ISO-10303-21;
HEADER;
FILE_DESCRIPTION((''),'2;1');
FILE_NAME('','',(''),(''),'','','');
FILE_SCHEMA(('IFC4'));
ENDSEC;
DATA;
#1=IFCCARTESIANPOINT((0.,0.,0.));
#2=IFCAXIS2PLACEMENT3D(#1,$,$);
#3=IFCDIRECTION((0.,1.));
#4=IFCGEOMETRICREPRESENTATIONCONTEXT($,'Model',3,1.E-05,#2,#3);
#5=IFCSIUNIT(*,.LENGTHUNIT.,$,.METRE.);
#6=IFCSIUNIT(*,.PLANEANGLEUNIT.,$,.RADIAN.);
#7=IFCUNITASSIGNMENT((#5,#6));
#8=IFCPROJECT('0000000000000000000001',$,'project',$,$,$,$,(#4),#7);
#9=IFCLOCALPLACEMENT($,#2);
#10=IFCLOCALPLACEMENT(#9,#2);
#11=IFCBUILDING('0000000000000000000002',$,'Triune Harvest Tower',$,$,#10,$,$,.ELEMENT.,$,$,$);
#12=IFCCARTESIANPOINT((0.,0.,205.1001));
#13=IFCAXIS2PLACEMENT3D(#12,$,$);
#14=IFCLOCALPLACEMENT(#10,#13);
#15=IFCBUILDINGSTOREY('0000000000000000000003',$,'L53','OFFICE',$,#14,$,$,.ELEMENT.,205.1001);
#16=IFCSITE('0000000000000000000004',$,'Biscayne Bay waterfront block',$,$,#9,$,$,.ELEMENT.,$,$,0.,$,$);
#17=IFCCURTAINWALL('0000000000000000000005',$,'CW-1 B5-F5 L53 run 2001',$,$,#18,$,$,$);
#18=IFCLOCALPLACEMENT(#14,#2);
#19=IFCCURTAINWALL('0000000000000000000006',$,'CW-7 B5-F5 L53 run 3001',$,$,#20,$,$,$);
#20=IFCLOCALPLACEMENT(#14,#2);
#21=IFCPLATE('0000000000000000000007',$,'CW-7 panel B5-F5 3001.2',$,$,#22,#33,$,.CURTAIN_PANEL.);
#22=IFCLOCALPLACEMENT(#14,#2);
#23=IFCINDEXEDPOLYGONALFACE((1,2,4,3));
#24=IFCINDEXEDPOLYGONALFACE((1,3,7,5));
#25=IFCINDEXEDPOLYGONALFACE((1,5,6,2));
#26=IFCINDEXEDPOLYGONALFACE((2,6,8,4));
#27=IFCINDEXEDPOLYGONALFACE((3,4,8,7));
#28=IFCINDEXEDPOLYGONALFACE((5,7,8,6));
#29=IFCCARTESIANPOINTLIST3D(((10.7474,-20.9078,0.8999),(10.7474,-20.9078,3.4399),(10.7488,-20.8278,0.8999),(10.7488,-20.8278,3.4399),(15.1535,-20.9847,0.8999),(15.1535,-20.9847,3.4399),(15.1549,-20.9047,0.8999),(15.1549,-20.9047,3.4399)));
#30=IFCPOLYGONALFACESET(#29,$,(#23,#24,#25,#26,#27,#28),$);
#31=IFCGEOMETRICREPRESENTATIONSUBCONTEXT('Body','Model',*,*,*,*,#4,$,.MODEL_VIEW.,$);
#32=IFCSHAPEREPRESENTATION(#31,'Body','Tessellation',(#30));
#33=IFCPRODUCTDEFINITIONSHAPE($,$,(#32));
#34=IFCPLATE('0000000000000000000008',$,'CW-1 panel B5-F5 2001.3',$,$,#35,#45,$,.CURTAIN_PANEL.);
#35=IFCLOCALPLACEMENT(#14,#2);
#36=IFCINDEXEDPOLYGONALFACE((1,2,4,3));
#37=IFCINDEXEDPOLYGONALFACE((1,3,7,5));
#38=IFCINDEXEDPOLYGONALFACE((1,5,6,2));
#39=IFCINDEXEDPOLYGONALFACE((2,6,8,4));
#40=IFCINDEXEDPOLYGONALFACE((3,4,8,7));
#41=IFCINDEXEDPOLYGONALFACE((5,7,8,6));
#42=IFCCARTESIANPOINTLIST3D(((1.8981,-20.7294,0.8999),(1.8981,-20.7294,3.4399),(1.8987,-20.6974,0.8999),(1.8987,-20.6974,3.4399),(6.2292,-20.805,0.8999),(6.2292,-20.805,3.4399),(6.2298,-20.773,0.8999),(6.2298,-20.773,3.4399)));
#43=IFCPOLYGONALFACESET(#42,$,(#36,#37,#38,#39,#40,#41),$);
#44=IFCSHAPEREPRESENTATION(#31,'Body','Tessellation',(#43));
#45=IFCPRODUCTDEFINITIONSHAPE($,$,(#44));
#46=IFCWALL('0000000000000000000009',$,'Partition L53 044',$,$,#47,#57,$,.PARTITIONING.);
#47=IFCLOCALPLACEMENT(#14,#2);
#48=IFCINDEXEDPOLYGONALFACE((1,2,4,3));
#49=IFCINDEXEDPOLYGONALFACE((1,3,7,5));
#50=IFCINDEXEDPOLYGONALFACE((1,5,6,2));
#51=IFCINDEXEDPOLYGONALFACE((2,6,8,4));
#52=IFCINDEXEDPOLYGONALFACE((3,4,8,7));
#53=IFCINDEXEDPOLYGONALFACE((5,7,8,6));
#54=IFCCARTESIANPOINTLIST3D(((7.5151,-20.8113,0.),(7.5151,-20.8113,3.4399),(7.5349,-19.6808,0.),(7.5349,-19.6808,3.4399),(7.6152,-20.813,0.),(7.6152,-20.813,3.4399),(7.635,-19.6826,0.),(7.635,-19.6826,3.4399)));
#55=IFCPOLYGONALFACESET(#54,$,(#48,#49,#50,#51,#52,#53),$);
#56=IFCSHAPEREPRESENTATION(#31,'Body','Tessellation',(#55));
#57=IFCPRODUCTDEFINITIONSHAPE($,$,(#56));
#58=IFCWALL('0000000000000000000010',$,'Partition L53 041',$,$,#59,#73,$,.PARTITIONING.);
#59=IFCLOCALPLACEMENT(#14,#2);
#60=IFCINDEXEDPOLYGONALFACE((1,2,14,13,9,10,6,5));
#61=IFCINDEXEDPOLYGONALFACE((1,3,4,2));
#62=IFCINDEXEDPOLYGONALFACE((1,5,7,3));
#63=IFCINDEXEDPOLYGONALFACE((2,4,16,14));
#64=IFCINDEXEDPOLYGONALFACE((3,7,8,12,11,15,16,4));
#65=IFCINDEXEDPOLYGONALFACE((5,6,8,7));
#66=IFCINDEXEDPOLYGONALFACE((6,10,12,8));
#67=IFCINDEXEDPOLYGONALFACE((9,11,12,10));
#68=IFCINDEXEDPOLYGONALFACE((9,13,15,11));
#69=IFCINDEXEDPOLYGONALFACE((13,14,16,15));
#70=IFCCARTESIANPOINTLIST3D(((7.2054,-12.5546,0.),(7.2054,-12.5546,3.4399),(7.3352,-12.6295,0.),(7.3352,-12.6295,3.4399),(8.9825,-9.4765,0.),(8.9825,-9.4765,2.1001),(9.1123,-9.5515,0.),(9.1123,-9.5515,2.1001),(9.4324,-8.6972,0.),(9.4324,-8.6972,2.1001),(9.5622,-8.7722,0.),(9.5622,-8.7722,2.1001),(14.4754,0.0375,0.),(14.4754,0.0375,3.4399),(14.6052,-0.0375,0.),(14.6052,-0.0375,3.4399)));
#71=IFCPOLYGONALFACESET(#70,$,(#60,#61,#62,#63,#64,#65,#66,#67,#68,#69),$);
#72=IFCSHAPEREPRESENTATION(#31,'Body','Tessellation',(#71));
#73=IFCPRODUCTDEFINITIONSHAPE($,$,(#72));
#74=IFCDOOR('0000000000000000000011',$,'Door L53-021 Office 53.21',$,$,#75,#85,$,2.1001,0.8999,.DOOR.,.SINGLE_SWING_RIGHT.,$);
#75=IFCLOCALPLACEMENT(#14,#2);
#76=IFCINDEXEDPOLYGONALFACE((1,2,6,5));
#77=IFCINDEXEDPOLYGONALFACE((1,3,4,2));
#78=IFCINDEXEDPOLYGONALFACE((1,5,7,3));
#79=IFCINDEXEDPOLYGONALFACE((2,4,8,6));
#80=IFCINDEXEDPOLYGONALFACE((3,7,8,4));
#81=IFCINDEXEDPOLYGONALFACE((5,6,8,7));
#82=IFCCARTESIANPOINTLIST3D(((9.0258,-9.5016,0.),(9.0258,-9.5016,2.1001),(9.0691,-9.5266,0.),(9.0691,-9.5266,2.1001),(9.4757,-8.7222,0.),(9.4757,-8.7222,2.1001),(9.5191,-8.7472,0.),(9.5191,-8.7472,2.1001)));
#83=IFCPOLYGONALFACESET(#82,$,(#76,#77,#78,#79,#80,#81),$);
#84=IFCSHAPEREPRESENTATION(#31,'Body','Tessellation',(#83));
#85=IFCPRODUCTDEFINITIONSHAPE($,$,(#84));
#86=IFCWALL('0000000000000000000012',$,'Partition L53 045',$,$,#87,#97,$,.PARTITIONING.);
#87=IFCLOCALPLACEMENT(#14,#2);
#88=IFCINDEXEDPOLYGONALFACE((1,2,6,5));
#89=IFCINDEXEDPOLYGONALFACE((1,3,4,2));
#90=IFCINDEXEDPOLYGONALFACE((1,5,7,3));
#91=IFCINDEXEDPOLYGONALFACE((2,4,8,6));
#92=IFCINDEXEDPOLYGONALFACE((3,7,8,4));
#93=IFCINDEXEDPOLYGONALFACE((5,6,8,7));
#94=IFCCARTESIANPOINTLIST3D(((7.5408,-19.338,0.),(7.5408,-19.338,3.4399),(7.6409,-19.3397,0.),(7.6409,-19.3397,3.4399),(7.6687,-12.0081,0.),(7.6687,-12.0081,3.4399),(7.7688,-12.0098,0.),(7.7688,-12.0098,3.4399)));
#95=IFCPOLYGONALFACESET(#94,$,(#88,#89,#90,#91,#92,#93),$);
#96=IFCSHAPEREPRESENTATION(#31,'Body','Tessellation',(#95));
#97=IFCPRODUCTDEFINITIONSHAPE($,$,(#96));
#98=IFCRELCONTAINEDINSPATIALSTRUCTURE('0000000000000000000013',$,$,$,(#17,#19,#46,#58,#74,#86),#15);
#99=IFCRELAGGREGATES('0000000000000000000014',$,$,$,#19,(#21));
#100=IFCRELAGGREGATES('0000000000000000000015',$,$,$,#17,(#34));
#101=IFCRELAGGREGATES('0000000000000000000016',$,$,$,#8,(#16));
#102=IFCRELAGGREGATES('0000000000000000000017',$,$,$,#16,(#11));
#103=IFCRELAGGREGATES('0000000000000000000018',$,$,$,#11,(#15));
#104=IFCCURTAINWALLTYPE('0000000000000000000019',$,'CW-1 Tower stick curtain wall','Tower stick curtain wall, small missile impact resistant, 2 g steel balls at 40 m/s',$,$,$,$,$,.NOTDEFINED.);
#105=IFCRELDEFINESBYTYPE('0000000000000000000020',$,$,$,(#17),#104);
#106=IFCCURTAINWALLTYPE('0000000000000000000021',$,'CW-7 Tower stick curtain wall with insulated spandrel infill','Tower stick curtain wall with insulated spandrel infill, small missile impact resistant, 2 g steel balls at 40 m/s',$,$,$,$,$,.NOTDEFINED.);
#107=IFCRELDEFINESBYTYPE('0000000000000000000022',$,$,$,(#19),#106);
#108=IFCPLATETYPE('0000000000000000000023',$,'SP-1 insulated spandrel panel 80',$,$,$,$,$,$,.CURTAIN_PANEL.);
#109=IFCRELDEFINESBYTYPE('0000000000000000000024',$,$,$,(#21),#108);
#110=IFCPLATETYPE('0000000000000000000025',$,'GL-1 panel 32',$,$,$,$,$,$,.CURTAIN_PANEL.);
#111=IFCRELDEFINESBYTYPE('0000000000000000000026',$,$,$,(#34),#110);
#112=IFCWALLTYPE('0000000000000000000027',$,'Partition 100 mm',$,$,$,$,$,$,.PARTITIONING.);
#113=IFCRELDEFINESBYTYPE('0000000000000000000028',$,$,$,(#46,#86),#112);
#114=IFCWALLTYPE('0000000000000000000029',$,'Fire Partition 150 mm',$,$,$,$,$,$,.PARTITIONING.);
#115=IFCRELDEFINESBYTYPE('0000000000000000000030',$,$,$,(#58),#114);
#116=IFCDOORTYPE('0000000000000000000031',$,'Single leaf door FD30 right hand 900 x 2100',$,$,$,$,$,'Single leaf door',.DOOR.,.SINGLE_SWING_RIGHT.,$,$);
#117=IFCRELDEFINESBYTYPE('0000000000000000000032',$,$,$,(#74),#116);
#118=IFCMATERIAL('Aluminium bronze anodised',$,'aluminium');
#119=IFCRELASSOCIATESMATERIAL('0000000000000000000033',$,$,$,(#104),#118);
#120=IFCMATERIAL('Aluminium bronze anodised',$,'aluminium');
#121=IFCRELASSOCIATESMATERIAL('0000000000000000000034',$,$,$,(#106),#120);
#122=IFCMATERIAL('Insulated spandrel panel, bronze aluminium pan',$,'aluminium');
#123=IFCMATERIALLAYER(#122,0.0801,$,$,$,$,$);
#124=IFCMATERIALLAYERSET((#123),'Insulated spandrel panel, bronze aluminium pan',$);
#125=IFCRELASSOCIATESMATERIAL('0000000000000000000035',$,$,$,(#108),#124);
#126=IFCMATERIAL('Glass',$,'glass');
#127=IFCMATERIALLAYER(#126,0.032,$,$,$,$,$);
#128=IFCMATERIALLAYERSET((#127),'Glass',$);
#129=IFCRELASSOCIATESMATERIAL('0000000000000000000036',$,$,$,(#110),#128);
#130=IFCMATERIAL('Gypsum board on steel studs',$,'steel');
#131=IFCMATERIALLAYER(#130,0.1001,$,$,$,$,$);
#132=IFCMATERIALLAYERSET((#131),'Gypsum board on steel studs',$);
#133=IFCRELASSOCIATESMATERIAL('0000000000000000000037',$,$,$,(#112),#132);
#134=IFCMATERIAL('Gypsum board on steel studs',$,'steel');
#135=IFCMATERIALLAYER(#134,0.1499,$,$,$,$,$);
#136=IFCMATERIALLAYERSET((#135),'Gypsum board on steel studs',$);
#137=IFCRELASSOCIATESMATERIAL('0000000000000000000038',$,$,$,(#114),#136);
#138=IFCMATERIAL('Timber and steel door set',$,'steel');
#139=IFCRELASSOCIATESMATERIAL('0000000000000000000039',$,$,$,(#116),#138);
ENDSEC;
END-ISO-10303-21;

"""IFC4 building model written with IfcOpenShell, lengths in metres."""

from ifc_helpers import new_model, si_unit, direction, frame, frame_2d, origin, origin_2d, place, context, subcontext, project, spatial, rectangle, extrude, source, transform, mapped, material, layer, layer_set, type_object, element, fill, aggregate, save


model = new_model("IFC4")

# Units and contexts
model_context = context("Model", 3, precision=1e-05, world=origin(), true_north=direction((0.0, 1.0)))
body_context = subcontext(model_context, "Body", "Model", "MODEL_VIEW")
ifc_project = project(units=[si_unit("LENGTHUNIT", "METRE"), si_unit("PLANEANGLEUNIT", "RADIAN")], contexts=[model_context])

# Site, building, storey
site_placement = place(None, origin())
site = spatial("IfcSite", under=ifc_project, at=site_placement, Name="Biscayne Bay waterfront block", CompositionType="ELEMENT", RefElevation=0.0)
building_placement = place(site_placement, origin())
building = spatial("IfcBuilding", under=site, at=building_placement, Name="Triune Harvest Tower", CompositionType="ELEMENT")
storey_placement = place(building_placement, frame((0.0, 0.0, 205.1001)))
storey = spatial("IfcBuildingStorey", under=building, at=storey_placement, Name="L53", Description="OFFICE", CompositionType="ELEMENT", Elevation=205.1001)

# Curtain walls
ifc_material_1 = material(Name="Aluminium bronze anodised", Category="aluminium")
curtain_wall_type_1 = type_object("IfcCurtainWallType", Name="CW-1 Tower stick curtain wall", Description="Tower stick curtain wall, small missile impact resistant, 2 g steel balls at 40 m/s", PredefinedType="NOTDEFINED", material=ifc_material_1)
curtain_wall_1_placement = place(storey_placement, origin())
curtain_wall_1 = element("IfcCurtainWall", 1, at=curtain_wall_1_placement, inside=storey, type_object=curtain_wall_type_1, Name="CW-1 B5-F5 L53 run 2001")
ifc_material_2 = material(Name="Aluminium bronze anodised", Category="aluminium")
curtain_wall_type_2 = type_object("IfcCurtainWallType", Name="CW-7 Tower stick curtain wall with insulated spandrel infill", Description="Tower stick curtain wall with insulated spandrel infill, small missile impact resistant, 2 g steel balls at 40 m/s", PredefinedType="NOTDEFINED", material=ifc_material_2)
curtain_wall_2_placement = place(storey_placement, origin())
curtain_wall_2 = element("IfcCurtainWall", 2, at=curtain_wall_2_placement, inside=storey, type_object=curtain_wall_type_2, Name="CW-7 B5-F5 L53 run 3001")

# Plates
ifc_material_3 = material(Name="Insulated spandrel panel, bronze aluminium pan", Category="aluminium")
ifc_layer_1 = layer(ifc_material_3, 0.0801)
ifc_layer_set_1 = layer_set([ifc_layer_1], Name="Insulated spandrel panel, bronze aluminium pan")
plate_type_1 = type_object("IfcPlateType", Name="SP-1 insulated spandrel panel 80", PredefinedType="CURTAIN_PANEL", material=ifc_layer_set_1)
shared_shape_1 = source(origin(), body_context, "Body", "SweptSolid", [
    extrude(rectangle(XDim=4.4067, YDim=0.0801, at=origin_2d()), origin(), (0.0, 0.0, 1.0), 2.54),
])
plate_1_placement = place(storey_placement, frame((12.9512, -20.9062, 0.8999), z_axis=(0.0, 0.0, 1.0), x_axis=(0.999848, -0.017453, 0.0)))
plate_1 = element("IfcPlate", 3, at=plate_1_placement, type_object=plate_type_1, Name="CW-7 panel B5-F5 3001.2", PredefinedType="CURTAIN_PANEL", context=body_context, shape_type="MappedRepresentation", body=[
    mapped(shared_shape_1, transform((0.0, 0.0, 0.0), scale=1.0)),
])
aggregate(curtain_wall_2, [plate_1])
ifc_material_4 = material(Name="Glass", Category="glass")
ifc_layer_2 = layer(ifc_material_4, 0.032)
ifc_layer_set_2 = layer_set([ifc_layer_2], Name="Glass")
plate_type_2 = type_object("IfcPlateType", Name="GL-1 panel 32", PredefinedType="CURTAIN_PANEL", material=ifc_layer_set_2)
shared_shape_2 = source(origin(), body_context, "Body", "SweptSolid", [
    extrude(rectangle(XDim=4.3318, YDim=0.032, at=origin_2d()), origin(), (0.0, 0.0, 1.0), 2.54),
])
plate_2_placement = place(storey_placement, frame((4.064, -20.7512, 0.8999), z_axis=(0.0, 0.0, 1.0), x_axis=(0.999848, -0.017453, 0.0)))
plate_2 = element("IfcPlate", 4, at=plate_2_placement, type_object=plate_type_2, Name="CW-1 panel B5-F5 2001.3", PredefinedType="CURTAIN_PANEL", context=body_context, shape_type="MappedRepresentation", body=[
    mapped(shared_shape_2, transform((0.0, 0.0, 0.0), scale=1.0)),
])
aggregate(curtain_wall_1, [plate_2])

# Wall
ifc_material_5 = material(Name="Gypsum board on steel studs", Category="steel")
ifc_layer_3 = layer(ifc_material_5, 0.1001)
ifc_layer_set_3 = layer_set([ifc_layer_3], Name="Gypsum board on steel studs")
wall_type_1 = type_object("IfcWallType", Name="Partition 100 mm", PredefinedType="PARTITIONING", material=ifc_layer_set_3)
shared_shape_3 = source(origin(), body_context, "Body", "SweptSolid", [
    extrude(rectangle(XDim=1.1306, YDim=0.1001, at=frame_2d((0.5654, 0.0))), origin(), (0.0, 0.0, 1.0), 3.4399),
])
wall_1_placement = place(storey_placement, frame((7.5652, -20.8123, 0.0), z_axis=(0.0, 0.0, 1.0), x_axis=(0.017492, 0.999847, 0.0)))
element("IfcWall", 5, at=wall_1_placement, inside=storey, type_object=wall_type_1, Name="Partition L53 044", PredefinedType="PARTITIONING", context=body_context, shape_type="MappedRepresentation", body=[
    mapped(shared_shape_3, transform((0.0, 0.0, 0.0), scale=1.0)),
])

# Wall, opening, door
ifc_material_6 = material(Name="Gypsum board on steel studs", Category="steel")
ifc_layer_4 = layer(ifc_material_6, 0.1499)
ifc_layer_set_4 = layer_set([ifc_layer_4], Name="Gypsum board on steel studs")
wall_type_2 = type_object("IfcWallType", Name="Fire Partition 150 mm", PredefinedType="PARTITIONING", material=ifc_layer_set_4)
shared_shape_4 = source(origin(), body_context, "Body", "SweptSolid", [
    extrude(rectangle(XDim=14.54, YDim=0.1499, at=frame_2d((7.27, 0.0))), origin(), (0.0, 0.0, 1.0), 3.4399),
])
wall_2_placement = place(storey_placement, frame((7.2703, -12.592, 0.0), z_axis=(0.0, 0.0, 1.0), x_axis=(0.5, 0.866025, 0.0)))
wall_2 = element("IfcWall", 6, at=wall_2_placement, inside=storey, type_object=wall_type_2, Name="Partition L53 041", PredefinedType="PARTITIONING", context=body_context, shape_type="MappedRepresentation", body=[
    mapped(shared_shape_4, transform((0.0, 0.0, 0.0), scale=1.0)),
])
opening_placement = place(wall_2_placement, frame((3.5542, 0.0, 0.0)))
opening = element("IfcOpeningElement", 7, at=opening_placement, cuts=wall_2, PredefinedType="OPENING", context=body_context, shape_type="SweptSolid", body=[
    extrude(rectangle(XDim=0.8999, YDim=2.1001, at=frame_2d((0.45, 1.05))), frame((0.0, 0.085, 0.0), z_axis=(0.0, -1.0, 0.0), x_axis=(1.0, 0.0, 0.0)), (0.0, 0.0, 1.0), 0.1699),
])
ifc_material_7 = material(Name="Timber and steel door set", Category="steel")
door_type = type_object("IfcDoorType", Name="Single leaf door FD30 right hand 900 x 2100", ElementType="Single leaf door", OperationType="SINGLE_SWING_RIGHT", PredefinedType="DOOR", material=ifc_material_7)
door_placement = place(opening_placement, origin())
door = element("IfcDoor", 8, at=door_placement, inside=storey, type_object=door_type, Name="Door L53-021 Office 53.21", OperationType="SINGLE_SWING_RIGHT", OverallHeight=2.1001, OverallWidth=0.8999, PredefinedType="DOOR", context=body_context, shape_type="SweptSolid", body=[
    extrude(rectangle(XDim=0.8999, YDim=2.1001, at=frame_2d((0.45, 1.05))), frame((0.0, 0.0249, 0.0), z_axis=(0.0, -1.0, 0.0), x_axis=(1.0, 0.0, 0.0)), (0.0, 0.0, 1.0), 0.05),
])
fill(opening, door)

# Wall
shared_shape_5 = source(origin(), body_context, "Body", "SweptSolid", [
    extrude(rectangle(XDim=7.3311, YDim=0.1001, at=frame_2d((3.6655, 0.0))), origin(), (0.0, 0.0, 1.0), 3.4399),
])
wall_3_placement = place(storey_placement, frame((7.5908, -19.3389, 0.0), z_axis=(0.0, 0.0, 1.0), x_axis=(0.017451, 0.999848, 0.0)))
element("IfcWall", 9, at=wall_3_placement, inside=storey, type_object=wall_type_1, Name="Partition L53 045", PredefinedType="PARTITIONING", context=body_context, shape_type="MappedRepresentation", body=[
    mapped(shared_shape_5, transform((0.0, 0.0, 0.0), scale=1.0)),
])

save(model, "model.ifc")
